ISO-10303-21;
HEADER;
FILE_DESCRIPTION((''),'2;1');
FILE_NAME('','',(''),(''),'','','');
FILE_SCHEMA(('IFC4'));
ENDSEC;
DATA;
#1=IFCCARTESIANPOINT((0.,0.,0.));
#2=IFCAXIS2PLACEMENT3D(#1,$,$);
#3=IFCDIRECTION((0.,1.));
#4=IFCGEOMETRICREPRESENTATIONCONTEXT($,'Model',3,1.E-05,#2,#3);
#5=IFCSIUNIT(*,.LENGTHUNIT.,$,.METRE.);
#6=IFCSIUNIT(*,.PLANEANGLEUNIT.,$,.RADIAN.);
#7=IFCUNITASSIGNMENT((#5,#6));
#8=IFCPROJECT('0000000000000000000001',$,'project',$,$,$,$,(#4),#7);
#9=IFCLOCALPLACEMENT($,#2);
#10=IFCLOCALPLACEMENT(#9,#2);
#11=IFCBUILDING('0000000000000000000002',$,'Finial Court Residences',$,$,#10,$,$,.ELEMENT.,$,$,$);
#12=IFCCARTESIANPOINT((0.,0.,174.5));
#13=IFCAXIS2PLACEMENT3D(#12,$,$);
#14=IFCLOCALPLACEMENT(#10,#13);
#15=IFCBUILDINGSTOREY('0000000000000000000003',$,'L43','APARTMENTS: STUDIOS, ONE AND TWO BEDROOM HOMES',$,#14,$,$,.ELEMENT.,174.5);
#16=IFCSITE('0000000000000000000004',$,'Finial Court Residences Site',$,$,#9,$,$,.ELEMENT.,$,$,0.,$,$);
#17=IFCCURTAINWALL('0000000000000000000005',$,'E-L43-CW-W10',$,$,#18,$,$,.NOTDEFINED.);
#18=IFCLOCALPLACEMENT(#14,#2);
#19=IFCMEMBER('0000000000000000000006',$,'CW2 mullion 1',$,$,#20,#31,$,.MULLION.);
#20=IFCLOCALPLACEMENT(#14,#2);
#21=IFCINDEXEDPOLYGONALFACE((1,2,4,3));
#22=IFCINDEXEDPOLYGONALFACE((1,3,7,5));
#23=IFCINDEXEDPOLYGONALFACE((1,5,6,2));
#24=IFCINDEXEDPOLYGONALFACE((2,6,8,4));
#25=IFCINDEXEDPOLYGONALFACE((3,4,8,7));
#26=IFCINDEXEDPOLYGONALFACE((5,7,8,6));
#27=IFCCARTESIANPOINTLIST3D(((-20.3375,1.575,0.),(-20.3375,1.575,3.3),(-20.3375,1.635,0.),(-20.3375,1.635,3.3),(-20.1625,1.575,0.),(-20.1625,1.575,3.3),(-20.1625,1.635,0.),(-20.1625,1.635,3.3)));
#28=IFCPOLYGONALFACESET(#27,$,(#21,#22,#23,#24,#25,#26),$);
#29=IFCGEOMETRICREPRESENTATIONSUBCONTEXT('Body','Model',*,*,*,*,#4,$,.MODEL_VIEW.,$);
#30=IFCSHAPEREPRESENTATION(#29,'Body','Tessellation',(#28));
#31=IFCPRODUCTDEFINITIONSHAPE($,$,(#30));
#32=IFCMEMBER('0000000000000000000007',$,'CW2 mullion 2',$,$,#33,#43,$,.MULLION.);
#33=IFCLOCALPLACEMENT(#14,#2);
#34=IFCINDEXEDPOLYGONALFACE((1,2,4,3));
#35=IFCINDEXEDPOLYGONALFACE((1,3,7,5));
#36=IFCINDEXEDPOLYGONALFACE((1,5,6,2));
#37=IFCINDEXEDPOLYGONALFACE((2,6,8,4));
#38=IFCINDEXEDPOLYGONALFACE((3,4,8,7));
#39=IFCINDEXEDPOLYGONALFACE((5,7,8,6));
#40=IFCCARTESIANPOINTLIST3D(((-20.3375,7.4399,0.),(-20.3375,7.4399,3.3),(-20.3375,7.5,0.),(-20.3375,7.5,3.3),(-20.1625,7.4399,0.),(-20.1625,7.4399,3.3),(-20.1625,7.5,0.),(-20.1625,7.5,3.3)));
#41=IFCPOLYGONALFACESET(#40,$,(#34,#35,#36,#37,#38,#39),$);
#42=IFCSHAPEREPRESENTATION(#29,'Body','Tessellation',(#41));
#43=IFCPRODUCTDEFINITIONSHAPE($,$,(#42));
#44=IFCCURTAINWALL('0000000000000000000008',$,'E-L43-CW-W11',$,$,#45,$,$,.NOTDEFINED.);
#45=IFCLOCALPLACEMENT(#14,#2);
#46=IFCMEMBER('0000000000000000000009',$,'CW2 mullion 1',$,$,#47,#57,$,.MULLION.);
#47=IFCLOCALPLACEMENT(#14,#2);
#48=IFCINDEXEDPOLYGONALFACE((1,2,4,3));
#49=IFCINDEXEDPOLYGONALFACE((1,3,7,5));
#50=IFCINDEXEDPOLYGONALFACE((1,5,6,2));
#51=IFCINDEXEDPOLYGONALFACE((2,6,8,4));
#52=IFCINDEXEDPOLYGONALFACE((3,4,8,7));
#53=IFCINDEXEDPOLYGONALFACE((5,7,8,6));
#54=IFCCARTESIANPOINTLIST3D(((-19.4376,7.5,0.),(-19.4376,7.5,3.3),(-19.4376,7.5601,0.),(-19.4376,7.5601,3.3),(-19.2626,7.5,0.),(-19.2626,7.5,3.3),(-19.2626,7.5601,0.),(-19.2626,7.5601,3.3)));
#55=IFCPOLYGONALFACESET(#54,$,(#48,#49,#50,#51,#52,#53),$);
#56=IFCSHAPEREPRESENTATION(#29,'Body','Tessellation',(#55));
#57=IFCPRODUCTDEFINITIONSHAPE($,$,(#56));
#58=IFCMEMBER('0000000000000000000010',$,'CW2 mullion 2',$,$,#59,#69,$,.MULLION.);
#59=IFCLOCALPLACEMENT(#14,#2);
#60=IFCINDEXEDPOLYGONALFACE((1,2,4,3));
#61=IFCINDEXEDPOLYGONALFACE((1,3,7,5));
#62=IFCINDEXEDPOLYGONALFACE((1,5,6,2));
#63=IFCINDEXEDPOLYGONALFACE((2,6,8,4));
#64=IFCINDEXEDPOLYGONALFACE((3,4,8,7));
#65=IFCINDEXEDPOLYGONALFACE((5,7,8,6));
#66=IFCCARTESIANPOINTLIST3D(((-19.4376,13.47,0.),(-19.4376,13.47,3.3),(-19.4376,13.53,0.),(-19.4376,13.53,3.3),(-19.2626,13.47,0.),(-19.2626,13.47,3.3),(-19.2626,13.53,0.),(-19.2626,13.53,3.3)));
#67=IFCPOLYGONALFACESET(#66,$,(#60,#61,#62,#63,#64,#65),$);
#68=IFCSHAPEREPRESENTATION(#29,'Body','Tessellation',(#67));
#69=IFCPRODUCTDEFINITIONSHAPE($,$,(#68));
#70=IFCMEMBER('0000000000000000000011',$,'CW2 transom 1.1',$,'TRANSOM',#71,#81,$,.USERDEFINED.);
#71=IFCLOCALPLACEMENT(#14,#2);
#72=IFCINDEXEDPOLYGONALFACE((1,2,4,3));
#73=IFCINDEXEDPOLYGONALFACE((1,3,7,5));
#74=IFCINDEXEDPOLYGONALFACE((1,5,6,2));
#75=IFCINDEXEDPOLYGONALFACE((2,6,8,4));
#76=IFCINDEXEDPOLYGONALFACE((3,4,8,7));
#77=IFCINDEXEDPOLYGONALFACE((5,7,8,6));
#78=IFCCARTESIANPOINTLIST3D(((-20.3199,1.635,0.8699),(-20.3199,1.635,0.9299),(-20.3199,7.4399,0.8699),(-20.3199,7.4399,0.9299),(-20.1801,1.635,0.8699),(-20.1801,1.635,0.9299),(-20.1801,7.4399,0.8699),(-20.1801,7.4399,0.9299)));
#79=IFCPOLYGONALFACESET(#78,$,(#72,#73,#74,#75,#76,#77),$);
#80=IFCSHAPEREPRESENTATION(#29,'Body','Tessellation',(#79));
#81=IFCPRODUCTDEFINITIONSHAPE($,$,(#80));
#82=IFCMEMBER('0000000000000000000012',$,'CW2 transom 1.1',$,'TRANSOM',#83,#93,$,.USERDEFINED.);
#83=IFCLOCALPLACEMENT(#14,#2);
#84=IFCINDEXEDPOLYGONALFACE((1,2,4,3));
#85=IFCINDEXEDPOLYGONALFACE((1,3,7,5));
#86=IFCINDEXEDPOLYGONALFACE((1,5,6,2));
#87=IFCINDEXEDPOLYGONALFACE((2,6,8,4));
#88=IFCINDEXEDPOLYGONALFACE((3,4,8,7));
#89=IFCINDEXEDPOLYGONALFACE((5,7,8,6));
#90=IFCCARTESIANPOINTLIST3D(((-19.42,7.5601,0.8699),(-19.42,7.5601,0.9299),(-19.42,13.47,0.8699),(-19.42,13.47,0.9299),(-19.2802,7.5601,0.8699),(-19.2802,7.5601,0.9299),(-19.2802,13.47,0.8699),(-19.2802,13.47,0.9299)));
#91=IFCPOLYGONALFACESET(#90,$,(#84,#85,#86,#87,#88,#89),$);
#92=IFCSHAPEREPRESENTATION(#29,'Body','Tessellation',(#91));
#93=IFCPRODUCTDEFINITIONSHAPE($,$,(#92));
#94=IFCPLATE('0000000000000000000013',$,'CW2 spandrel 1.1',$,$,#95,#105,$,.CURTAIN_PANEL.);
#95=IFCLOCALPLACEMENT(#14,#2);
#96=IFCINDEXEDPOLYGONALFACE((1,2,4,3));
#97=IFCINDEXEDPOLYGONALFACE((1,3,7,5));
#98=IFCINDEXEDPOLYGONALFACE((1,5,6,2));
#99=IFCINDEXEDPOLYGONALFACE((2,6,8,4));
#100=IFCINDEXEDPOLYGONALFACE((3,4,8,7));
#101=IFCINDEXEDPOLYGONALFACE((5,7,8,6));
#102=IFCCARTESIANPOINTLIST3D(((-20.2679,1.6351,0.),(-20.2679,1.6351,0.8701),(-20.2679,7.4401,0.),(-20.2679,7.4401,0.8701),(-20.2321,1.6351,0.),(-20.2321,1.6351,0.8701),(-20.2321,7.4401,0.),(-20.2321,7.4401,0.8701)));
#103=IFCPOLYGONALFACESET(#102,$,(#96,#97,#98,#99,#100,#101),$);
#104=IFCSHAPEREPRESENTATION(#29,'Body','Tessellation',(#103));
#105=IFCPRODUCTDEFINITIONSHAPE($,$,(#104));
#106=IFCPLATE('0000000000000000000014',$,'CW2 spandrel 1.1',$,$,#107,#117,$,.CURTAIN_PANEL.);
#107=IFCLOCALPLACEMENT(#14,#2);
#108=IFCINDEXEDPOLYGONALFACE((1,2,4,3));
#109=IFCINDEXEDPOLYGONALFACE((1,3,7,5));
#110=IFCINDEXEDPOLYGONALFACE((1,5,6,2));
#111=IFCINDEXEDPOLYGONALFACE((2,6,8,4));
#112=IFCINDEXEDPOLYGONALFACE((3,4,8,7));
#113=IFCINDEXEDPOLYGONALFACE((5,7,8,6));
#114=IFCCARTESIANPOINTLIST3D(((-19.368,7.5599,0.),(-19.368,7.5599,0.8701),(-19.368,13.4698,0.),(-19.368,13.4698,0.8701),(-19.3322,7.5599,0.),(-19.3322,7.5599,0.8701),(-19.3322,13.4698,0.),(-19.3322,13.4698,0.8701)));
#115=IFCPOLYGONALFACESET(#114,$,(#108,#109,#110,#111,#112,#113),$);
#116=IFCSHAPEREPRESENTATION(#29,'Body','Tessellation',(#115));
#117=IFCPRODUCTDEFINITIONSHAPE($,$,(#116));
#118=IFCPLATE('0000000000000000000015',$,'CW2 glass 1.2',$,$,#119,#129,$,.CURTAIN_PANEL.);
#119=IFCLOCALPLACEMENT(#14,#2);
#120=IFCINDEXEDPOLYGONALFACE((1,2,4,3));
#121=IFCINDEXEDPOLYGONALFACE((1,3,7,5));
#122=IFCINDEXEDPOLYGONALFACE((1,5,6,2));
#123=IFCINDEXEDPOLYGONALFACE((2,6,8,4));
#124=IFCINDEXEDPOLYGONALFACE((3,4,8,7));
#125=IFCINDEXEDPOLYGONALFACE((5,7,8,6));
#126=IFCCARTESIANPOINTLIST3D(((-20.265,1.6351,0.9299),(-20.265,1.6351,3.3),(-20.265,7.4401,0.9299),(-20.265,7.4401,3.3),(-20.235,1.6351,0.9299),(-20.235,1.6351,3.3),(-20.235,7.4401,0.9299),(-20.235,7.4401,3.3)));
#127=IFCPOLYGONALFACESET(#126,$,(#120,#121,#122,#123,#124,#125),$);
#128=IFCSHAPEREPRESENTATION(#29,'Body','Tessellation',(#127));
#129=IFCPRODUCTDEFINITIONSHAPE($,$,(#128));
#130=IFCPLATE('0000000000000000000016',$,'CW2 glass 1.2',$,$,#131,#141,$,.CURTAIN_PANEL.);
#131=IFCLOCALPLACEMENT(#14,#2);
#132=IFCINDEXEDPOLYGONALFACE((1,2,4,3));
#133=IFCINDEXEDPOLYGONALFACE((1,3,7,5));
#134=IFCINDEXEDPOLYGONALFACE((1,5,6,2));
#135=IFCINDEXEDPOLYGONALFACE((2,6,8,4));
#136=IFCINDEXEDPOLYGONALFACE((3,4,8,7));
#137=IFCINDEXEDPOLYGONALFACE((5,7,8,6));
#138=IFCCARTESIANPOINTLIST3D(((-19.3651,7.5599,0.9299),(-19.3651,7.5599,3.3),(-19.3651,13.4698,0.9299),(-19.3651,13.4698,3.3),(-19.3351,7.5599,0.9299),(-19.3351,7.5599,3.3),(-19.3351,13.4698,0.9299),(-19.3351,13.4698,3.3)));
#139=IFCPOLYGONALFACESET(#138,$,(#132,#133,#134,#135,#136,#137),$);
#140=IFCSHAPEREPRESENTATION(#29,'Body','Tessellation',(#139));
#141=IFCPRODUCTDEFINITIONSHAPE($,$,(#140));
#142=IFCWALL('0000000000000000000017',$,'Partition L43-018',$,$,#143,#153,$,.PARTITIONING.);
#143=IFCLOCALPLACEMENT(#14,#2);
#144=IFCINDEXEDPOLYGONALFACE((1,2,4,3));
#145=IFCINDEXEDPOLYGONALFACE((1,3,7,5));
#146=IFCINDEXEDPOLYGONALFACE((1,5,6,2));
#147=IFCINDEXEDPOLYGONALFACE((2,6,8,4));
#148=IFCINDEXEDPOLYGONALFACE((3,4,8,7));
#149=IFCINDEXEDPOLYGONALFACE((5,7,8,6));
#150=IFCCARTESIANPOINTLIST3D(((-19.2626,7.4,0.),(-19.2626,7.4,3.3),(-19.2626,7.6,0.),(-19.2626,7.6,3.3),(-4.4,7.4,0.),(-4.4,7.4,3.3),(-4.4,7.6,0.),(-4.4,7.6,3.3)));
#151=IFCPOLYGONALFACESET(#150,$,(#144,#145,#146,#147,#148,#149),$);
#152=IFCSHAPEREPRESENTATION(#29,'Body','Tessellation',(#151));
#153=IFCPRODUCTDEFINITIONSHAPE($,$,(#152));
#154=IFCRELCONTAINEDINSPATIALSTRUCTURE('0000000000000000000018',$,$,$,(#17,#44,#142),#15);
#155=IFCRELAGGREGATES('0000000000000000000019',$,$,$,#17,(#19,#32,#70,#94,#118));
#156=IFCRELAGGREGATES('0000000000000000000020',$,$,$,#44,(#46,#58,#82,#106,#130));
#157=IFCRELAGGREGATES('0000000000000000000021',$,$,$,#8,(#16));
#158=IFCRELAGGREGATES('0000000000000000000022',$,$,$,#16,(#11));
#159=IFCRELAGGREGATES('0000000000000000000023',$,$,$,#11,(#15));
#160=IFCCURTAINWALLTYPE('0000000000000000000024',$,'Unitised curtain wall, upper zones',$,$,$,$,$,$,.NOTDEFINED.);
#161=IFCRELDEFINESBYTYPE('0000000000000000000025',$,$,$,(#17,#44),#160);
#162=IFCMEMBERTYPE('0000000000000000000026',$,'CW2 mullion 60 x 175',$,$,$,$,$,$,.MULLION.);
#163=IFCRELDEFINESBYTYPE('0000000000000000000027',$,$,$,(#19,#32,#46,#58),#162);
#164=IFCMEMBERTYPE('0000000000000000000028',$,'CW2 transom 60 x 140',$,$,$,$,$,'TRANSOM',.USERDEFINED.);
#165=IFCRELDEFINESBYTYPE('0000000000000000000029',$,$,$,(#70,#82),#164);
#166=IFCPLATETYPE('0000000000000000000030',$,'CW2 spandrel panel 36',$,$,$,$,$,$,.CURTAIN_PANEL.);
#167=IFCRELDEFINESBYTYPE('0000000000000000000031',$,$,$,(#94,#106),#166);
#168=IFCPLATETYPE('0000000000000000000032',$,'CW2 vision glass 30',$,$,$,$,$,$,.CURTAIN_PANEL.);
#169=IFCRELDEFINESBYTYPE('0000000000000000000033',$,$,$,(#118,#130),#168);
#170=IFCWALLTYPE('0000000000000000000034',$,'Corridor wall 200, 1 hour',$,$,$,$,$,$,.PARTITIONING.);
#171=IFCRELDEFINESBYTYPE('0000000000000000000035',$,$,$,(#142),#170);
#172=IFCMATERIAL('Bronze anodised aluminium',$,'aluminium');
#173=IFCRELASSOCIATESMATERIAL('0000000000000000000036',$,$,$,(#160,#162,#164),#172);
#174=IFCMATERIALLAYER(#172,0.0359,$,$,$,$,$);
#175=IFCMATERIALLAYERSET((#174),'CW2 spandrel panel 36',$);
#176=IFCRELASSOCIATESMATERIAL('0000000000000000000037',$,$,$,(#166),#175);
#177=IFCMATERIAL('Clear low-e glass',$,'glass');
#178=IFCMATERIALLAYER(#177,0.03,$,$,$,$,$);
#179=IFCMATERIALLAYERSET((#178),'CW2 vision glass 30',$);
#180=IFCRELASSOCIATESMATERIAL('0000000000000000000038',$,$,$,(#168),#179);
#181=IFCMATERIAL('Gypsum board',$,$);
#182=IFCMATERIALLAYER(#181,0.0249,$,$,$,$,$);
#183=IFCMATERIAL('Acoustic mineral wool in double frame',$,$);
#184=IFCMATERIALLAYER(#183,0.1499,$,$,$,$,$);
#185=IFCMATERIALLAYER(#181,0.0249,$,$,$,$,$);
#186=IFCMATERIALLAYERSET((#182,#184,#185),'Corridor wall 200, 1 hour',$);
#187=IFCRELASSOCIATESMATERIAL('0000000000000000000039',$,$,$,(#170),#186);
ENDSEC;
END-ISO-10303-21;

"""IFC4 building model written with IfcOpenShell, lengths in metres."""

from ifc_helpers import new_model, si_unit, direction, frame, frame_2d, origin, origin_2d, place, context, subcontext, project, spatial, rectangle, extrude, material, layer, layer_set, material_profile, profile_set, type_object, element, aggregate, save


model = new_model("IFC4")

# Units and contexts
model_context = context("Model", 3, precision=1e-05, world=origin(), true_north=direction((0.0, 1.0)))
body_context = subcontext(model_context, "Body", "Model", "MODEL_VIEW")
ifc_project = project(units=[si_unit("LENGTHUNIT", "METRE"), si_unit("PLANEANGLEUNIT", "RADIAN")], contexts=[model_context])

# Site, building, storey
site_placement = place(None, origin())
site = spatial("IfcSite", under=ifc_project, at=site_placement, Name="Finial Court Residences Site", CompositionType="ELEMENT", RefElevation=0.0)
building_placement = place(site_placement, origin())
building = spatial("IfcBuilding", under=site, at=building_placement, Name="Finial Court Residences", CompositionType="ELEMENT")
storey_placement = place(building_placement, frame((0.0, 0.0, 174.5)))
storey = spatial("IfcBuildingStorey", under=building, at=storey_placement, Name="L43", Description="APARTMENTS: STUDIOS, ONE AND TWO BEDROOM HOMES", CompositionType="ELEMENT", Elevation=174.5)

# Curtain walls, members
ifc_material_1 = material(Name="Bronze anodised aluminium", Category="aluminium")
curtain_wall_type = type_object("IfcCurtainWallType", Name="Unitised curtain wall, upper zones", PredefinedType="NOTDEFINED", material=ifc_material_1)
curtain_wall_1_placement = place(storey_placement, origin())
curtain_wall_1 = element("IfcCurtainWall", 1, at=curtain_wall_1_placement, inside=storey, type_object=curtain_wall_type, Name="E-L43-CW-W10", PredefinedType="NOTDEFINED")
ifc_material_profile_1 = material_profile(ifc_material_1, rectangle(XDim=0.175, YDim=0.0601, at=origin_2d()), Name="CW2 mullion 60 x 175")
ifc_profile_set_1 = profile_set([ifc_material_profile_1], Name="Bronze anodised aluminium")
member_type_1 = type_object("IfcMemberType", Name="CW2 mullion 60 x 175", PredefinedType="MULLION", material=ifc_profile_set_1)
member_1_placement = place(storey_placement, frame((-20.25, 1.605, 0.0), z_axis=(0.0, 0.0, 1.0), x_axis=(-1.0, 0.0, 0.0)))
member_1 = element("IfcMember", 2, at=member_1_placement, type_object=member_type_1, Name="CW2 mullion 1", PredefinedType="MULLION", context=body_context, shape_type="SweptSolid", body=[
    extrude(rectangle(XDim=0.175, YDim=0.0601, at=origin_2d()), origin(), (0.0, 0.0, 1.0), 3.3),
])
member_2_placement = place(storey_placement, frame((-20.25, 7.47, 0.0), z_axis=(0.0, 0.0, 1.0), x_axis=(-1.0, 0.0, 0.0)))
member_2 = element("IfcMember", 3, at=member_2_placement, type_object=member_type_1, Name="CW2 mullion 2", PredefinedType="MULLION", context=body_context, shape_type="SweptSolid", body=[
    extrude(rectangle(XDim=0.175, YDim=0.0601, at=origin_2d()), origin(), (0.0, 0.0, 1.0), 3.3),
])
curtain_wall_2_placement = place(storey_placement, origin())
curtain_wall_2 = element("IfcCurtainWall", 4, at=curtain_wall_2_placement, inside=storey, type_object=curtain_wall_type, Name="E-L43-CW-W11", PredefinedType="NOTDEFINED")
member_3_placement = place(storey_placement, frame((-19.3501, 7.53, 0.0), z_axis=(0.0, 0.0, 1.0), x_axis=(-1.0, 0.0, 0.0)))
member_3 = element("IfcMember", 5, at=member_3_placement, type_object=member_type_1, Name="CW2 mullion 1", PredefinedType="MULLION", context=body_context, shape_type="SweptSolid", body=[
    extrude(rectangle(XDim=0.175, YDim=0.0601, at=origin_2d()), origin(), (0.0, 0.0, 1.0), 3.3),
])
member_4_placement = place(storey_placement, frame((-19.3501, 13.5, 0.0), z_axis=(0.0, 0.0, 1.0), x_axis=(-1.0, 0.0, 0.0)))
member_4 = element("IfcMember", 6, at=member_4_placement, type_object=member_type_1, Name="CW2 mullion 2", PredefinedType="MULLION", context=body_context, shape_type="SweptSolid", body=[
    extrude(rectangle(XDim=0.175, YDim=0.0601, at=origin_2d()), origin(), (0.0, 0.0, 1.0), 3.3),
])

# Members
ifc_material_profile_2 = material_profile(ifc_material_1, rectangle(XDim=0.1399, YDim=0.0601, at=origin_2d()), Name="CW2 transom 60 x 140")
ifc_profile_set_2 = profile_set([ifc_material_profile_2], Name="Bronze anodised aluminium")
member_type_2 = type_object("IfcMemberType", Name="CW2 transom 60 x 140", ElementType="TRANSOM", PredefinedType="USERDEFINED", material=ifc_profile_set_2)
member_5_placement = place(storey_placement, frame((-20.25, 1.635, 0.8999), z_axis=(0.0, 1.0, 0.0), x_axis=(-1.0, 0.0, 0.0)))
member_5 = element("IfcMember", 7, at=member_5_placement, type_object=member_type_2, Name="CW2 transom 1.1", ObjectType="TRANSOM", PredefinedType="USERDEFINED", context=body_context, shape_type="SweptSolid", body=[
    extrude(rectangle(XDim=0.1399, YDim=0.0601, at=origin_2d()), origin(), (0.0, 0.0, 1.0), 5.8049),
])
member_6_placement = place(storey_placement, frame((-19.3501, 7.5601, 0.8999), z_axis=(0.0, 1.0, 0.0), x_axis=(-1.0, 0.0, 0.0)))
member_6 = element("IfcMember", 8, at=member_6_placement, type_object=member_type_2, Name="CW2 transom 1.1", ObjectType="TRANSOM", PredefinedType="USERDEFINED", context=body_context, shape_type="SweptSolid", body=[
    extrude(rectangle(XDim=0.1399, YDim=0.0601, at=origin_2d()), origin(), (0.0, 0.0, 1.0), 5.9099),
])

# Plates
ifc_layer_1 = layer(ifc_material_1, 0.0359)
ifc_layer_set_1 = layer_set([ifc_layer_1], Name="CW2 spandrel panel 36")
plate_type_1 = type_object("IfcPlateType", Name="CW2 spandrel panel 36", PredefinedType="CURTAIN_PANEL", material=ifc_layer_set_1)
plate_1_placement = place(storey_placement, frame((-20.25, 4.5376, 0.0), z_axis=(0.0, 0.0, 1.0), x_axis=(0.0, 1.0, 0.0)))
plate_1 = element("IfcPlate", 9, at=plate_1_placement, type_object=plate_type_1, Name="CW2 spandrel 1.1", PredefinedType="CURTAIN_PANEL", context=body_context, shape_type="SweptSolid", body=[
    extrude(rectangle(XDim=5.8049, YDim=0.0359, at=origin_2d()), origin(), (0.0, 0.0, 1.0), 0.8701),
])
plate_2_placement = place(storey_placement, frame((-19.3501, 10.5149, 0.0), z_axis=(0.0, 0.0, 1.0), x_axis=(0.0, 1.0, 0.0)))
plate_2 = element("IfcPlate", 10, at=plate_2_placement, type_object=plate_type_1, Name="CW2 spandrel 1.1", PredefinedType="CURTAIN_PANEL", context=body_context, shape_type="SweptSolid", body=[
    extrude(rectangle(XDim=5.9099, YDim=0.0359, at=origin_2d()), origin(), (0.0, 0.0, 1.0), 0.8701),
])
ifc_material_2 = material(Name="Clear low-e glass", Category="glass")
ifc_layer_2 = layer(ifc_material_2, 0.03)
ifc_layer_set_2 = layer_set([ifc_layer_2], Name="CW2 vision glass 30")
plate_type_2 = type_object("IfcPlateType", Name="CW2 vision glass 30", PredefinedType="CURTAIN_PANEL", material=ifc_layer_set_2)
plate_3_placement = place(storey_placement, frame((-20.25, 4.5376, 0.9299), z_axis=(0.0, 0.0, 1.0), x_axis=(0.0, 1.0, 0.0)))
plate_3 = element("IfcPlate", 11, at=plate_3_placement, type_object=plate_type_2, Name="CW2 glass 1.2", PredefinedType="CURTAIN_PANEL", context=body_context, shape_type="SweptSolid", body=[
    extrude(rectangle(XDim=5.8049, YDim=0.03, at=origin_2d()), origin(), (0.0, 0.0, 1.0), 2.3701),
])
aggregate(curtain_wall_1, [member_1, member_2, member_5, plate_1, plate_3])
plate_4_placement = place(storey_placement, frame((-19.3501, 10.5149, 0.9299), z_axis=(0.0, 0.0, 1.0), x_axis=(0.0, 1.0, 0.0)))
plate_4 = element("IfcPlate", 12, at=plate_4_placement, type_object=plate_type_2, Name="CW2 glass 1.2", PredefinedType="CURTAIN_PANEL", context=body_context, shape_type="SweptSolid", body=[
    extrude(rectangle(XDim=5.9099, YDim=0.03, at=origin_2d()), origin(), (0.0, 0.0, 1.0), 2.3701),
])
aggregate(curtain_wall_2, [member_3, member_4, member_6, plate_2, plate_4])

# Wall
ifc_material_3 = material(Name="Gypsum board")
ifc_layer_3 = layer(ifc_material_3, 0.0249)
ifc_material_4 = material(Name="Acoustic mineral wool in double frame")
ifc_layer_4 = layer(ifc_material_4, 0.1499)
ifc_layer_5 = layer(ifc_material_3, 0.0249)
ifc_layer_set_3 = layer_set([ifc_layer_3, ifc_layer_4, ifc_layer_5], Name="Corridor wall 200, 1 hour")
wall_type_1 = type_object("IfcWallType", Name="Corridor wall 200, 1 hour", PredefinedType="PARTITIONING", material=ifc_layer_set_3)
wall_1_placement = place(storey_placement, frame((-19.2625, 7.5, 0.0), z_axis=(0.0, 0.0, 1.0), x_axis=(1.0, 0.0, 0.0)))
element("IfcWall", 13, at=wall_1_placement, inside=storey, type_object=wall_type_1, Name="Partition L43-018", PredefinedType="PARTITIONING", context=body_context, shape_type="SweptSolid", body=[
    extrude(rectangle(XDim=14.8625, YDim=0.2, at=frame_2d((7.4312, 0.0))), origin(), (0.0, 0.0, 1.0), 3.3),
])

save(model, "model.ifc")
